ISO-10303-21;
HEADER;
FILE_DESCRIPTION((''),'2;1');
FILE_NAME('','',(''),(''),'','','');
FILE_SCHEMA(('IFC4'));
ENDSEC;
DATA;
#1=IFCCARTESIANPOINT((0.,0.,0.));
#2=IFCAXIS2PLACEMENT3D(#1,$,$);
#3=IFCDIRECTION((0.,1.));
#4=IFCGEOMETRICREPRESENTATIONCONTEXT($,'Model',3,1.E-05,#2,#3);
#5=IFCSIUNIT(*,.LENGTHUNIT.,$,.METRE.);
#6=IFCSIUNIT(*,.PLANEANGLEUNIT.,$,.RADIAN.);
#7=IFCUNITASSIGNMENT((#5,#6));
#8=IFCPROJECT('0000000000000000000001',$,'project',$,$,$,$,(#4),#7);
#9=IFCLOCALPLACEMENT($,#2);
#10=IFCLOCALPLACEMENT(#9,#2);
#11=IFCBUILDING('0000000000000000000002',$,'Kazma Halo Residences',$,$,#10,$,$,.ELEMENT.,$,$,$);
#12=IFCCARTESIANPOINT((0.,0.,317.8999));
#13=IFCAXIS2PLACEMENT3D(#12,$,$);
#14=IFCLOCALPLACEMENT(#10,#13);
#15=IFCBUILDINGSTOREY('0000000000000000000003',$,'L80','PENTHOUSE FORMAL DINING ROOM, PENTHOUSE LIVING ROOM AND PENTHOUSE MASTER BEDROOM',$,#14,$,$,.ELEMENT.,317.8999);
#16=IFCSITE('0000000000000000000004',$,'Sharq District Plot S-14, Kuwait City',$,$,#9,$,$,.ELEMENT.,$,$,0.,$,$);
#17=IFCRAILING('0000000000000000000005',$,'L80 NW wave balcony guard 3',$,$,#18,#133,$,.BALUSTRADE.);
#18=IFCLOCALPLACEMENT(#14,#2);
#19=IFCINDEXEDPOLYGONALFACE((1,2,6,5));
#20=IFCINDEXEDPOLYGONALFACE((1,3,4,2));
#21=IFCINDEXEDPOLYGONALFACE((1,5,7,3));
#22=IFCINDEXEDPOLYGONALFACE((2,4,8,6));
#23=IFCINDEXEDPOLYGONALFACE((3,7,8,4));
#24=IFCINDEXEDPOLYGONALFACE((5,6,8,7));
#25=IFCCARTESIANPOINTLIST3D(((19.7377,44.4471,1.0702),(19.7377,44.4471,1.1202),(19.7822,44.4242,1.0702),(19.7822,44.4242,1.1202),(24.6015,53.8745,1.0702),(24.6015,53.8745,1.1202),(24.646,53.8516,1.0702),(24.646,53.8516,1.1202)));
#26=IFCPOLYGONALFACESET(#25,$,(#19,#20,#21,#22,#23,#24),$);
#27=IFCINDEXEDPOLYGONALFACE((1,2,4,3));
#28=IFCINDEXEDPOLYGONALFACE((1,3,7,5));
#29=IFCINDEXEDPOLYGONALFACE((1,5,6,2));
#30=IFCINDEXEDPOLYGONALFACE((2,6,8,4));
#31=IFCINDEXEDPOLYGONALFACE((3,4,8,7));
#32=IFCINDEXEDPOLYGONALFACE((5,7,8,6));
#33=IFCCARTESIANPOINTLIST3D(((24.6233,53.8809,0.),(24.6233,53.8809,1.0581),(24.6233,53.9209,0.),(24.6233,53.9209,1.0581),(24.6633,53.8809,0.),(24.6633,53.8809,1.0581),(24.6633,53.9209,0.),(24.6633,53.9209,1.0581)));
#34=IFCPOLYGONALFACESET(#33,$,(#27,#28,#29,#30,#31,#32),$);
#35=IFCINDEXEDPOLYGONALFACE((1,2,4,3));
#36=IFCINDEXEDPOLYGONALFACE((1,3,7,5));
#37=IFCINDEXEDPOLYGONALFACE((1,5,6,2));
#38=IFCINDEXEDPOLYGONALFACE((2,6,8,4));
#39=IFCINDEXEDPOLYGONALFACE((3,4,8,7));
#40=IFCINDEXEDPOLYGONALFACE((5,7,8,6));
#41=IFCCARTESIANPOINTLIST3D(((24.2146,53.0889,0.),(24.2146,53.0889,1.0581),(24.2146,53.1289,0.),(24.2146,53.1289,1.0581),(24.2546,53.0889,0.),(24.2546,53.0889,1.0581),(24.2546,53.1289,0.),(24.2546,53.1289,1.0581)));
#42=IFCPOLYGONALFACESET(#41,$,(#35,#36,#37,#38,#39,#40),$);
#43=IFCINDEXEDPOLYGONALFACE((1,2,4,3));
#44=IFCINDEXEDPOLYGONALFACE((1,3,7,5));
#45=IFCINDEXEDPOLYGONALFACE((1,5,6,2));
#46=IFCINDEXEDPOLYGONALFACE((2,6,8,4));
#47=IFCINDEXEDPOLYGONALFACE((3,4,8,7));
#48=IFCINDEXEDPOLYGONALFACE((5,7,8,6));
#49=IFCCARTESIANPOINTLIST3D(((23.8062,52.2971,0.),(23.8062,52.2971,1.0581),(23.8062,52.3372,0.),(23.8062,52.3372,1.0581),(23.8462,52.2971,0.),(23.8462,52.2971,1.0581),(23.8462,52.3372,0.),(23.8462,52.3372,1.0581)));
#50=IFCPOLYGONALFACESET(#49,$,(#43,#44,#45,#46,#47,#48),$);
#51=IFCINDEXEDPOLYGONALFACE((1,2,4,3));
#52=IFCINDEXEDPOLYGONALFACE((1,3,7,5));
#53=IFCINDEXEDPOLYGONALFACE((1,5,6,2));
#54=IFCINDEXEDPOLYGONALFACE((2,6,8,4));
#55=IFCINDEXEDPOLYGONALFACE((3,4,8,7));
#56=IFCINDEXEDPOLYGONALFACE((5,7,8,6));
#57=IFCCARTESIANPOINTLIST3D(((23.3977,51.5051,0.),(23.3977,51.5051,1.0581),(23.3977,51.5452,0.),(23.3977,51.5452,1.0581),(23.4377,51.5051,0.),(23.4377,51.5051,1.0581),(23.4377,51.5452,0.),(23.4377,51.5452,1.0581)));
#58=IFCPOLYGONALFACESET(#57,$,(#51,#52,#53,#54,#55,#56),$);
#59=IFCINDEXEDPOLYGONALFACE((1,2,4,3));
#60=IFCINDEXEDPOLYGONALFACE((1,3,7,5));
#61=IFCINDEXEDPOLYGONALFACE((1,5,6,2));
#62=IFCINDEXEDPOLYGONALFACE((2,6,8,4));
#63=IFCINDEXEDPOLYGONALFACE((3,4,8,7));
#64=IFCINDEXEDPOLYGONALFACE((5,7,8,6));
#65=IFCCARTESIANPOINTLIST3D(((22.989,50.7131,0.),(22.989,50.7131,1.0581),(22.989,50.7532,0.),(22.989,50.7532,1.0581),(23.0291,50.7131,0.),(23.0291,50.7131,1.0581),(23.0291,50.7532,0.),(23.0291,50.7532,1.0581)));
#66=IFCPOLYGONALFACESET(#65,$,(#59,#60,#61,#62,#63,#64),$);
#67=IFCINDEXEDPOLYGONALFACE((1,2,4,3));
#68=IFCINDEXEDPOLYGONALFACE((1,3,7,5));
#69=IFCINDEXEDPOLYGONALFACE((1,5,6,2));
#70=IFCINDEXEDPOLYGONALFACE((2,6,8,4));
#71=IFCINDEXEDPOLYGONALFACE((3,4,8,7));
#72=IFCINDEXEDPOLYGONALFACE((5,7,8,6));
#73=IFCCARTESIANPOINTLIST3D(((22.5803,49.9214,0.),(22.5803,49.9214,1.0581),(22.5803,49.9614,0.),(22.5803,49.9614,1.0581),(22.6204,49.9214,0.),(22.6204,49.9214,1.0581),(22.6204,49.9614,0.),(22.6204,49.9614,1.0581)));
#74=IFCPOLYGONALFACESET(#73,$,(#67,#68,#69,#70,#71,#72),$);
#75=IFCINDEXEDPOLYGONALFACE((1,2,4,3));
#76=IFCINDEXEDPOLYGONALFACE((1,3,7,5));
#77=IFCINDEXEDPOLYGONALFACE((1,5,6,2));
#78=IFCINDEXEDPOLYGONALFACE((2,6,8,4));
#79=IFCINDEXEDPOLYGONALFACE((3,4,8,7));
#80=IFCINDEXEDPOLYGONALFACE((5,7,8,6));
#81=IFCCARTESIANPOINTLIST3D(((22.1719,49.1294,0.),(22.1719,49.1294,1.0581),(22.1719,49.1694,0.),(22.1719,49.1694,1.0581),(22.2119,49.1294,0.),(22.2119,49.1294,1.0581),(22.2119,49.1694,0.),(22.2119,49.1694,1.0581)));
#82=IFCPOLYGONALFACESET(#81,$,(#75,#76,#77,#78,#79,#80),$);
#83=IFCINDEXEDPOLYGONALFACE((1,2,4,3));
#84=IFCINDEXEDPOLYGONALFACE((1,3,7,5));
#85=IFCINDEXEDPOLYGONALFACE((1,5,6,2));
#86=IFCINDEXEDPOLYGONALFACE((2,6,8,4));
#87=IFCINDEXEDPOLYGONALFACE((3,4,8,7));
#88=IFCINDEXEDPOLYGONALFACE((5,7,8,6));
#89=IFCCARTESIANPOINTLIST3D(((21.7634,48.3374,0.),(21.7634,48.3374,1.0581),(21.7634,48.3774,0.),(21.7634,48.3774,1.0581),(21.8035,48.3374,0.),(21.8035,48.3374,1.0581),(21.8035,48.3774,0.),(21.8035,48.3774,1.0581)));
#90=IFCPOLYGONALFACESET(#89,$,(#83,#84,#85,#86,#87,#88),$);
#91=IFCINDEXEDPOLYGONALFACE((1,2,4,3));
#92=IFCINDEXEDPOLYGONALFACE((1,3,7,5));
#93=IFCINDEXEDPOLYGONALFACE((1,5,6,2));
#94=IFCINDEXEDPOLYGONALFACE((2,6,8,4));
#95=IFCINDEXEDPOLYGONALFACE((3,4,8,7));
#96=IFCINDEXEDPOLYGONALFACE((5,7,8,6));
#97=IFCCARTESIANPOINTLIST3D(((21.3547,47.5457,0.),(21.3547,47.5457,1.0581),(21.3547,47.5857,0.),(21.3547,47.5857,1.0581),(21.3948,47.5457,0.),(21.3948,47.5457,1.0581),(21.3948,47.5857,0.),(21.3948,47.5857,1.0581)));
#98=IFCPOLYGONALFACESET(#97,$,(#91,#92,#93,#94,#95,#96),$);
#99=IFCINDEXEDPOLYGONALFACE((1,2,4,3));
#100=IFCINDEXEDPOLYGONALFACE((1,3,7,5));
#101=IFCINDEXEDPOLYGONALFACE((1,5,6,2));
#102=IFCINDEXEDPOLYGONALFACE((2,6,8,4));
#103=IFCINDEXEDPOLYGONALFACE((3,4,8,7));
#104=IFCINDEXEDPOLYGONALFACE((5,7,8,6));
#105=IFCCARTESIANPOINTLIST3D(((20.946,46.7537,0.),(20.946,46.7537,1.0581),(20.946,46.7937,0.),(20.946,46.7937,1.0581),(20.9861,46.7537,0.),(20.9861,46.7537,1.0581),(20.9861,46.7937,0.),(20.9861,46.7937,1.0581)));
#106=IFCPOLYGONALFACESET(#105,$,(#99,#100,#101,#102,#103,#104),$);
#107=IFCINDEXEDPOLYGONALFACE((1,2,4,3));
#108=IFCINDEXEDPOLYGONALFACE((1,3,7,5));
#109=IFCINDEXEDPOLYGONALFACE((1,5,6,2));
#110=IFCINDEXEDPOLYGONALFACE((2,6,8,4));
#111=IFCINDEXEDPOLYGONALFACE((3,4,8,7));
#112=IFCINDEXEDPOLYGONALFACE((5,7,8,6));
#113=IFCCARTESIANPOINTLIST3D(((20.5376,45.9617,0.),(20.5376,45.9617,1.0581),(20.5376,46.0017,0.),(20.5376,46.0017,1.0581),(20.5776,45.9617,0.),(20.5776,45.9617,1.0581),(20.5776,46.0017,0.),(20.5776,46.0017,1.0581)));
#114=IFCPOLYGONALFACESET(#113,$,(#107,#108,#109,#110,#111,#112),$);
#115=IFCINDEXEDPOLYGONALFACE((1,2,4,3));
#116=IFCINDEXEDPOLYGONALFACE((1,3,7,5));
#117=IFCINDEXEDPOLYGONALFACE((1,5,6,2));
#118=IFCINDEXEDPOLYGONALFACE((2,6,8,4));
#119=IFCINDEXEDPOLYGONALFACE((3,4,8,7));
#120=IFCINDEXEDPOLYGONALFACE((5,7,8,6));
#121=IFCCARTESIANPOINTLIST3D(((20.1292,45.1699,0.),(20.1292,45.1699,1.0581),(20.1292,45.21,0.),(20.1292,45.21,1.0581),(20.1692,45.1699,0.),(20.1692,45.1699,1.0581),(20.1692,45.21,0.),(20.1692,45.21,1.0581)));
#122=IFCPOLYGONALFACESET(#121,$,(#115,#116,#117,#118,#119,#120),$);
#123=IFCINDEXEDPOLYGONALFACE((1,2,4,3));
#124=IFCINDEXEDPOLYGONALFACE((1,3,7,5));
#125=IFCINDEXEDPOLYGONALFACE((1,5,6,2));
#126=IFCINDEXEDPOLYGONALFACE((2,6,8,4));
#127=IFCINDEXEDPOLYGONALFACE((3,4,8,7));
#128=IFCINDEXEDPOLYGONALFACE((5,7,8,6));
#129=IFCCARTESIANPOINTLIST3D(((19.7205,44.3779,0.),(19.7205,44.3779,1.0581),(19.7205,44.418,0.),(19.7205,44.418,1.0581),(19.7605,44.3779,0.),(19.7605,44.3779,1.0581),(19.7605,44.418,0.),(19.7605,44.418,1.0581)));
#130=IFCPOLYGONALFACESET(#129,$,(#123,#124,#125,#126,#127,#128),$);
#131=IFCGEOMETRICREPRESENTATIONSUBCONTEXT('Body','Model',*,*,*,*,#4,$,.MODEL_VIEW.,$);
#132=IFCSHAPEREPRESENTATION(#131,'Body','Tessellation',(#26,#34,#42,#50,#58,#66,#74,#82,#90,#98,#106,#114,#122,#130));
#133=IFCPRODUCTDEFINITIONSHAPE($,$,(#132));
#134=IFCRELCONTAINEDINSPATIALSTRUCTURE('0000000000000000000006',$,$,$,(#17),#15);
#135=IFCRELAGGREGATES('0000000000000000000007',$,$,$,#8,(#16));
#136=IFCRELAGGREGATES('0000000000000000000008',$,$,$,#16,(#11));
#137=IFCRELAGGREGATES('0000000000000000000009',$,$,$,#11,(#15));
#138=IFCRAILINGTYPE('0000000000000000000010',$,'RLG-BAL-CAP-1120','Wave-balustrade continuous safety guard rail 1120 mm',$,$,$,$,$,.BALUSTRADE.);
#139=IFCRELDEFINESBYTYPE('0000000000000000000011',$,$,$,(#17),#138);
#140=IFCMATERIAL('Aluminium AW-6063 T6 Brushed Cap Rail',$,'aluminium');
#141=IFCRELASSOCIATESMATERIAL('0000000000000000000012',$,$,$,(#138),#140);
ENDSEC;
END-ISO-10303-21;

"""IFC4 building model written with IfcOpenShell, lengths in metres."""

from ifc_helpers import new_model, si_unit, direction, frame, origin, origin_2d, place, context, subcontext, project, spatial, rectangle, extrude, material, type_object, element, save


model = new_model("IFC4")

# Units and contexts
model_context = context("Model", 3, precision=1e-05, world=origin(), true_north=direction((0.0, 1.0)))
body_context = subcontext(model_context, "Body", "Model", "MODEL_VIEW")
ifc_project = project(units=[si_unit("LENGTHUNIT", "METRE"), si_unit("PLANEANGLEUNIT", "RADIAN")], contexts=[model_context])

# Site, building, storey
site_placement = place(None, origin())
site = spatial("IfcSite", under=ifc_project, at=site_placement, Name="Sharq District Plot S-14, Kuwait City", CompositionType="ELEMENT", RefElevation=0.0)
building_placement = place(site_placement, origin())
building = spatial("IfcBuilding", under=site, at=building_placement, Name="Kazma Halo Residences", CompositionType="ELEMENT")
storey_placement = place(building_placement, frame((0.0, 0.0, 317.8999)))
storey = spatial("IfcBuildingStorey", under=building, at=storey_placement, Name="L80", Description="PENTHOUSE FORMAL DINING ROOM, PENTHOUSE LIVING ROOM AND PENTHOUSE MASTER BEDROOM", CompositionType="ELEMENT", Elevation=317.8999)

# Railing
ifc_material_1 = material(Name="Aluminium AW-6063 T6 Brushed Cap Rail", Category="aluminium")
railing_type = type_object("IfcRailingType", Name="RLG-BAL-CAP-1120", Description="Wave-balustrade continuous safety guard rail 1120 mm", PredefinedType="BALUSTRADE", material=ifc_material_1)
railing_1_placement = place(storey_placement, frame((24.6433, 53.9009, 0.0)))
element("IfcRailing", 1, at=railing_1_placement, inside=storey, type_object=railing_type, Name="L80 NW wave balcony guard 3", PredefinedType="BALUSTRADE", context=body_context, shape_type="SweptSolid", body=[
    extrude(rectangle(XDim=0.05, YDim=0.05, at=origin_2d()), frame((-0.0195, -0.0378, 1.0952), z_axis=(-0.458502, -0.888693, 0.0), x_axis=(0.888693, -0.458502, 0.0)), (0.0, 0.0, 1.0), 10.6082),
    extrude(rectangle(XDim=0.04, YDim=0.04, at=origin_2d()), origin(), (0.0, 0.0, 1.0), 1.0581),
    extrude(rectangle(XDim=0.04, YDim=0.04, at=origin_2d()), frame((-0.4087, -0.792, 0.0)), (0.0, 0.0, 1.0), 1.0581),
    extrude(rectangle(XDim=0.04, YDim=0.04, at=origin_2d()), frame((-0.8171, -1.5837, 0.0)), (0.0, 0.0, 1.0), 1.0581),
    extrude(rectangle(XDim=0.04, YDim=0.04, at=origin_2d()), frame((-1.2256, -2.3757, 0.0)), (0.0, 0.0, 1.0), 1.0581),
    extrude(rectangle(XDim=0.04, YDim=0.04, at=origin_2d()), frame((-1.6343, -3.1677, 0.0)), (0.0, 0.0, 1.0), 1.0581),
    extrude(rectangle(XDim=0.04, YDim=0.04, at=origin_2d()), frame((-2.043, -3.9595, 0.0)), (0.0, 0.0, 1.0), 1.0581),
    extrude(rectangle(XDim=0.04, YDim=0.04, at=origin_2d()), frame((-2.4514, -4.7515, 0.0)), (0.0, 0.0, 1.0), 1.0581),
    extrude(rectangle(XDim=0.04, YDim=0.04, at=origin_2d()), frame((-2.8599, -5.5435, 0.0)), (0.0, 0.0, 1.0), 1.0581),
    extrude(rectangle(XDim=0.04, YDim=0.04, at=origin_2d()), frame((-3.2686, -6.3352, 0.0)), (0.0, 0.0, 1.0), 1.0581),
    extrude(rectangle(XDim=0.04, YDim=0.04, at=origin_2d()), frame((-3.6772, -7.1272, 0.0)), (0.0, 0.0, 1.0), 1.0581),
    extrude(rectangle(XDim=0.04, YDim=0.04, at=origin_2d()), frame((-4.0857, -7.9192, 0.0)), (0.0, 0.0, 1.0), 1.0581),
    extrude(rectangle(XDim=0.04, YDim=0.04, at=origin_2d()), frame((-4.4941, -8.7109, 0.0)), (0.0, 0.0, 1.0), 1.0581),
    extrude(rectangle(XDim=0.04, YDim=0.04, at=origin_2d()), frame((-4.9028, -9.5029, 0.0)), (0.0, 0.0, 1.0), 1.0581),
])

save(model, "model.ifc")
